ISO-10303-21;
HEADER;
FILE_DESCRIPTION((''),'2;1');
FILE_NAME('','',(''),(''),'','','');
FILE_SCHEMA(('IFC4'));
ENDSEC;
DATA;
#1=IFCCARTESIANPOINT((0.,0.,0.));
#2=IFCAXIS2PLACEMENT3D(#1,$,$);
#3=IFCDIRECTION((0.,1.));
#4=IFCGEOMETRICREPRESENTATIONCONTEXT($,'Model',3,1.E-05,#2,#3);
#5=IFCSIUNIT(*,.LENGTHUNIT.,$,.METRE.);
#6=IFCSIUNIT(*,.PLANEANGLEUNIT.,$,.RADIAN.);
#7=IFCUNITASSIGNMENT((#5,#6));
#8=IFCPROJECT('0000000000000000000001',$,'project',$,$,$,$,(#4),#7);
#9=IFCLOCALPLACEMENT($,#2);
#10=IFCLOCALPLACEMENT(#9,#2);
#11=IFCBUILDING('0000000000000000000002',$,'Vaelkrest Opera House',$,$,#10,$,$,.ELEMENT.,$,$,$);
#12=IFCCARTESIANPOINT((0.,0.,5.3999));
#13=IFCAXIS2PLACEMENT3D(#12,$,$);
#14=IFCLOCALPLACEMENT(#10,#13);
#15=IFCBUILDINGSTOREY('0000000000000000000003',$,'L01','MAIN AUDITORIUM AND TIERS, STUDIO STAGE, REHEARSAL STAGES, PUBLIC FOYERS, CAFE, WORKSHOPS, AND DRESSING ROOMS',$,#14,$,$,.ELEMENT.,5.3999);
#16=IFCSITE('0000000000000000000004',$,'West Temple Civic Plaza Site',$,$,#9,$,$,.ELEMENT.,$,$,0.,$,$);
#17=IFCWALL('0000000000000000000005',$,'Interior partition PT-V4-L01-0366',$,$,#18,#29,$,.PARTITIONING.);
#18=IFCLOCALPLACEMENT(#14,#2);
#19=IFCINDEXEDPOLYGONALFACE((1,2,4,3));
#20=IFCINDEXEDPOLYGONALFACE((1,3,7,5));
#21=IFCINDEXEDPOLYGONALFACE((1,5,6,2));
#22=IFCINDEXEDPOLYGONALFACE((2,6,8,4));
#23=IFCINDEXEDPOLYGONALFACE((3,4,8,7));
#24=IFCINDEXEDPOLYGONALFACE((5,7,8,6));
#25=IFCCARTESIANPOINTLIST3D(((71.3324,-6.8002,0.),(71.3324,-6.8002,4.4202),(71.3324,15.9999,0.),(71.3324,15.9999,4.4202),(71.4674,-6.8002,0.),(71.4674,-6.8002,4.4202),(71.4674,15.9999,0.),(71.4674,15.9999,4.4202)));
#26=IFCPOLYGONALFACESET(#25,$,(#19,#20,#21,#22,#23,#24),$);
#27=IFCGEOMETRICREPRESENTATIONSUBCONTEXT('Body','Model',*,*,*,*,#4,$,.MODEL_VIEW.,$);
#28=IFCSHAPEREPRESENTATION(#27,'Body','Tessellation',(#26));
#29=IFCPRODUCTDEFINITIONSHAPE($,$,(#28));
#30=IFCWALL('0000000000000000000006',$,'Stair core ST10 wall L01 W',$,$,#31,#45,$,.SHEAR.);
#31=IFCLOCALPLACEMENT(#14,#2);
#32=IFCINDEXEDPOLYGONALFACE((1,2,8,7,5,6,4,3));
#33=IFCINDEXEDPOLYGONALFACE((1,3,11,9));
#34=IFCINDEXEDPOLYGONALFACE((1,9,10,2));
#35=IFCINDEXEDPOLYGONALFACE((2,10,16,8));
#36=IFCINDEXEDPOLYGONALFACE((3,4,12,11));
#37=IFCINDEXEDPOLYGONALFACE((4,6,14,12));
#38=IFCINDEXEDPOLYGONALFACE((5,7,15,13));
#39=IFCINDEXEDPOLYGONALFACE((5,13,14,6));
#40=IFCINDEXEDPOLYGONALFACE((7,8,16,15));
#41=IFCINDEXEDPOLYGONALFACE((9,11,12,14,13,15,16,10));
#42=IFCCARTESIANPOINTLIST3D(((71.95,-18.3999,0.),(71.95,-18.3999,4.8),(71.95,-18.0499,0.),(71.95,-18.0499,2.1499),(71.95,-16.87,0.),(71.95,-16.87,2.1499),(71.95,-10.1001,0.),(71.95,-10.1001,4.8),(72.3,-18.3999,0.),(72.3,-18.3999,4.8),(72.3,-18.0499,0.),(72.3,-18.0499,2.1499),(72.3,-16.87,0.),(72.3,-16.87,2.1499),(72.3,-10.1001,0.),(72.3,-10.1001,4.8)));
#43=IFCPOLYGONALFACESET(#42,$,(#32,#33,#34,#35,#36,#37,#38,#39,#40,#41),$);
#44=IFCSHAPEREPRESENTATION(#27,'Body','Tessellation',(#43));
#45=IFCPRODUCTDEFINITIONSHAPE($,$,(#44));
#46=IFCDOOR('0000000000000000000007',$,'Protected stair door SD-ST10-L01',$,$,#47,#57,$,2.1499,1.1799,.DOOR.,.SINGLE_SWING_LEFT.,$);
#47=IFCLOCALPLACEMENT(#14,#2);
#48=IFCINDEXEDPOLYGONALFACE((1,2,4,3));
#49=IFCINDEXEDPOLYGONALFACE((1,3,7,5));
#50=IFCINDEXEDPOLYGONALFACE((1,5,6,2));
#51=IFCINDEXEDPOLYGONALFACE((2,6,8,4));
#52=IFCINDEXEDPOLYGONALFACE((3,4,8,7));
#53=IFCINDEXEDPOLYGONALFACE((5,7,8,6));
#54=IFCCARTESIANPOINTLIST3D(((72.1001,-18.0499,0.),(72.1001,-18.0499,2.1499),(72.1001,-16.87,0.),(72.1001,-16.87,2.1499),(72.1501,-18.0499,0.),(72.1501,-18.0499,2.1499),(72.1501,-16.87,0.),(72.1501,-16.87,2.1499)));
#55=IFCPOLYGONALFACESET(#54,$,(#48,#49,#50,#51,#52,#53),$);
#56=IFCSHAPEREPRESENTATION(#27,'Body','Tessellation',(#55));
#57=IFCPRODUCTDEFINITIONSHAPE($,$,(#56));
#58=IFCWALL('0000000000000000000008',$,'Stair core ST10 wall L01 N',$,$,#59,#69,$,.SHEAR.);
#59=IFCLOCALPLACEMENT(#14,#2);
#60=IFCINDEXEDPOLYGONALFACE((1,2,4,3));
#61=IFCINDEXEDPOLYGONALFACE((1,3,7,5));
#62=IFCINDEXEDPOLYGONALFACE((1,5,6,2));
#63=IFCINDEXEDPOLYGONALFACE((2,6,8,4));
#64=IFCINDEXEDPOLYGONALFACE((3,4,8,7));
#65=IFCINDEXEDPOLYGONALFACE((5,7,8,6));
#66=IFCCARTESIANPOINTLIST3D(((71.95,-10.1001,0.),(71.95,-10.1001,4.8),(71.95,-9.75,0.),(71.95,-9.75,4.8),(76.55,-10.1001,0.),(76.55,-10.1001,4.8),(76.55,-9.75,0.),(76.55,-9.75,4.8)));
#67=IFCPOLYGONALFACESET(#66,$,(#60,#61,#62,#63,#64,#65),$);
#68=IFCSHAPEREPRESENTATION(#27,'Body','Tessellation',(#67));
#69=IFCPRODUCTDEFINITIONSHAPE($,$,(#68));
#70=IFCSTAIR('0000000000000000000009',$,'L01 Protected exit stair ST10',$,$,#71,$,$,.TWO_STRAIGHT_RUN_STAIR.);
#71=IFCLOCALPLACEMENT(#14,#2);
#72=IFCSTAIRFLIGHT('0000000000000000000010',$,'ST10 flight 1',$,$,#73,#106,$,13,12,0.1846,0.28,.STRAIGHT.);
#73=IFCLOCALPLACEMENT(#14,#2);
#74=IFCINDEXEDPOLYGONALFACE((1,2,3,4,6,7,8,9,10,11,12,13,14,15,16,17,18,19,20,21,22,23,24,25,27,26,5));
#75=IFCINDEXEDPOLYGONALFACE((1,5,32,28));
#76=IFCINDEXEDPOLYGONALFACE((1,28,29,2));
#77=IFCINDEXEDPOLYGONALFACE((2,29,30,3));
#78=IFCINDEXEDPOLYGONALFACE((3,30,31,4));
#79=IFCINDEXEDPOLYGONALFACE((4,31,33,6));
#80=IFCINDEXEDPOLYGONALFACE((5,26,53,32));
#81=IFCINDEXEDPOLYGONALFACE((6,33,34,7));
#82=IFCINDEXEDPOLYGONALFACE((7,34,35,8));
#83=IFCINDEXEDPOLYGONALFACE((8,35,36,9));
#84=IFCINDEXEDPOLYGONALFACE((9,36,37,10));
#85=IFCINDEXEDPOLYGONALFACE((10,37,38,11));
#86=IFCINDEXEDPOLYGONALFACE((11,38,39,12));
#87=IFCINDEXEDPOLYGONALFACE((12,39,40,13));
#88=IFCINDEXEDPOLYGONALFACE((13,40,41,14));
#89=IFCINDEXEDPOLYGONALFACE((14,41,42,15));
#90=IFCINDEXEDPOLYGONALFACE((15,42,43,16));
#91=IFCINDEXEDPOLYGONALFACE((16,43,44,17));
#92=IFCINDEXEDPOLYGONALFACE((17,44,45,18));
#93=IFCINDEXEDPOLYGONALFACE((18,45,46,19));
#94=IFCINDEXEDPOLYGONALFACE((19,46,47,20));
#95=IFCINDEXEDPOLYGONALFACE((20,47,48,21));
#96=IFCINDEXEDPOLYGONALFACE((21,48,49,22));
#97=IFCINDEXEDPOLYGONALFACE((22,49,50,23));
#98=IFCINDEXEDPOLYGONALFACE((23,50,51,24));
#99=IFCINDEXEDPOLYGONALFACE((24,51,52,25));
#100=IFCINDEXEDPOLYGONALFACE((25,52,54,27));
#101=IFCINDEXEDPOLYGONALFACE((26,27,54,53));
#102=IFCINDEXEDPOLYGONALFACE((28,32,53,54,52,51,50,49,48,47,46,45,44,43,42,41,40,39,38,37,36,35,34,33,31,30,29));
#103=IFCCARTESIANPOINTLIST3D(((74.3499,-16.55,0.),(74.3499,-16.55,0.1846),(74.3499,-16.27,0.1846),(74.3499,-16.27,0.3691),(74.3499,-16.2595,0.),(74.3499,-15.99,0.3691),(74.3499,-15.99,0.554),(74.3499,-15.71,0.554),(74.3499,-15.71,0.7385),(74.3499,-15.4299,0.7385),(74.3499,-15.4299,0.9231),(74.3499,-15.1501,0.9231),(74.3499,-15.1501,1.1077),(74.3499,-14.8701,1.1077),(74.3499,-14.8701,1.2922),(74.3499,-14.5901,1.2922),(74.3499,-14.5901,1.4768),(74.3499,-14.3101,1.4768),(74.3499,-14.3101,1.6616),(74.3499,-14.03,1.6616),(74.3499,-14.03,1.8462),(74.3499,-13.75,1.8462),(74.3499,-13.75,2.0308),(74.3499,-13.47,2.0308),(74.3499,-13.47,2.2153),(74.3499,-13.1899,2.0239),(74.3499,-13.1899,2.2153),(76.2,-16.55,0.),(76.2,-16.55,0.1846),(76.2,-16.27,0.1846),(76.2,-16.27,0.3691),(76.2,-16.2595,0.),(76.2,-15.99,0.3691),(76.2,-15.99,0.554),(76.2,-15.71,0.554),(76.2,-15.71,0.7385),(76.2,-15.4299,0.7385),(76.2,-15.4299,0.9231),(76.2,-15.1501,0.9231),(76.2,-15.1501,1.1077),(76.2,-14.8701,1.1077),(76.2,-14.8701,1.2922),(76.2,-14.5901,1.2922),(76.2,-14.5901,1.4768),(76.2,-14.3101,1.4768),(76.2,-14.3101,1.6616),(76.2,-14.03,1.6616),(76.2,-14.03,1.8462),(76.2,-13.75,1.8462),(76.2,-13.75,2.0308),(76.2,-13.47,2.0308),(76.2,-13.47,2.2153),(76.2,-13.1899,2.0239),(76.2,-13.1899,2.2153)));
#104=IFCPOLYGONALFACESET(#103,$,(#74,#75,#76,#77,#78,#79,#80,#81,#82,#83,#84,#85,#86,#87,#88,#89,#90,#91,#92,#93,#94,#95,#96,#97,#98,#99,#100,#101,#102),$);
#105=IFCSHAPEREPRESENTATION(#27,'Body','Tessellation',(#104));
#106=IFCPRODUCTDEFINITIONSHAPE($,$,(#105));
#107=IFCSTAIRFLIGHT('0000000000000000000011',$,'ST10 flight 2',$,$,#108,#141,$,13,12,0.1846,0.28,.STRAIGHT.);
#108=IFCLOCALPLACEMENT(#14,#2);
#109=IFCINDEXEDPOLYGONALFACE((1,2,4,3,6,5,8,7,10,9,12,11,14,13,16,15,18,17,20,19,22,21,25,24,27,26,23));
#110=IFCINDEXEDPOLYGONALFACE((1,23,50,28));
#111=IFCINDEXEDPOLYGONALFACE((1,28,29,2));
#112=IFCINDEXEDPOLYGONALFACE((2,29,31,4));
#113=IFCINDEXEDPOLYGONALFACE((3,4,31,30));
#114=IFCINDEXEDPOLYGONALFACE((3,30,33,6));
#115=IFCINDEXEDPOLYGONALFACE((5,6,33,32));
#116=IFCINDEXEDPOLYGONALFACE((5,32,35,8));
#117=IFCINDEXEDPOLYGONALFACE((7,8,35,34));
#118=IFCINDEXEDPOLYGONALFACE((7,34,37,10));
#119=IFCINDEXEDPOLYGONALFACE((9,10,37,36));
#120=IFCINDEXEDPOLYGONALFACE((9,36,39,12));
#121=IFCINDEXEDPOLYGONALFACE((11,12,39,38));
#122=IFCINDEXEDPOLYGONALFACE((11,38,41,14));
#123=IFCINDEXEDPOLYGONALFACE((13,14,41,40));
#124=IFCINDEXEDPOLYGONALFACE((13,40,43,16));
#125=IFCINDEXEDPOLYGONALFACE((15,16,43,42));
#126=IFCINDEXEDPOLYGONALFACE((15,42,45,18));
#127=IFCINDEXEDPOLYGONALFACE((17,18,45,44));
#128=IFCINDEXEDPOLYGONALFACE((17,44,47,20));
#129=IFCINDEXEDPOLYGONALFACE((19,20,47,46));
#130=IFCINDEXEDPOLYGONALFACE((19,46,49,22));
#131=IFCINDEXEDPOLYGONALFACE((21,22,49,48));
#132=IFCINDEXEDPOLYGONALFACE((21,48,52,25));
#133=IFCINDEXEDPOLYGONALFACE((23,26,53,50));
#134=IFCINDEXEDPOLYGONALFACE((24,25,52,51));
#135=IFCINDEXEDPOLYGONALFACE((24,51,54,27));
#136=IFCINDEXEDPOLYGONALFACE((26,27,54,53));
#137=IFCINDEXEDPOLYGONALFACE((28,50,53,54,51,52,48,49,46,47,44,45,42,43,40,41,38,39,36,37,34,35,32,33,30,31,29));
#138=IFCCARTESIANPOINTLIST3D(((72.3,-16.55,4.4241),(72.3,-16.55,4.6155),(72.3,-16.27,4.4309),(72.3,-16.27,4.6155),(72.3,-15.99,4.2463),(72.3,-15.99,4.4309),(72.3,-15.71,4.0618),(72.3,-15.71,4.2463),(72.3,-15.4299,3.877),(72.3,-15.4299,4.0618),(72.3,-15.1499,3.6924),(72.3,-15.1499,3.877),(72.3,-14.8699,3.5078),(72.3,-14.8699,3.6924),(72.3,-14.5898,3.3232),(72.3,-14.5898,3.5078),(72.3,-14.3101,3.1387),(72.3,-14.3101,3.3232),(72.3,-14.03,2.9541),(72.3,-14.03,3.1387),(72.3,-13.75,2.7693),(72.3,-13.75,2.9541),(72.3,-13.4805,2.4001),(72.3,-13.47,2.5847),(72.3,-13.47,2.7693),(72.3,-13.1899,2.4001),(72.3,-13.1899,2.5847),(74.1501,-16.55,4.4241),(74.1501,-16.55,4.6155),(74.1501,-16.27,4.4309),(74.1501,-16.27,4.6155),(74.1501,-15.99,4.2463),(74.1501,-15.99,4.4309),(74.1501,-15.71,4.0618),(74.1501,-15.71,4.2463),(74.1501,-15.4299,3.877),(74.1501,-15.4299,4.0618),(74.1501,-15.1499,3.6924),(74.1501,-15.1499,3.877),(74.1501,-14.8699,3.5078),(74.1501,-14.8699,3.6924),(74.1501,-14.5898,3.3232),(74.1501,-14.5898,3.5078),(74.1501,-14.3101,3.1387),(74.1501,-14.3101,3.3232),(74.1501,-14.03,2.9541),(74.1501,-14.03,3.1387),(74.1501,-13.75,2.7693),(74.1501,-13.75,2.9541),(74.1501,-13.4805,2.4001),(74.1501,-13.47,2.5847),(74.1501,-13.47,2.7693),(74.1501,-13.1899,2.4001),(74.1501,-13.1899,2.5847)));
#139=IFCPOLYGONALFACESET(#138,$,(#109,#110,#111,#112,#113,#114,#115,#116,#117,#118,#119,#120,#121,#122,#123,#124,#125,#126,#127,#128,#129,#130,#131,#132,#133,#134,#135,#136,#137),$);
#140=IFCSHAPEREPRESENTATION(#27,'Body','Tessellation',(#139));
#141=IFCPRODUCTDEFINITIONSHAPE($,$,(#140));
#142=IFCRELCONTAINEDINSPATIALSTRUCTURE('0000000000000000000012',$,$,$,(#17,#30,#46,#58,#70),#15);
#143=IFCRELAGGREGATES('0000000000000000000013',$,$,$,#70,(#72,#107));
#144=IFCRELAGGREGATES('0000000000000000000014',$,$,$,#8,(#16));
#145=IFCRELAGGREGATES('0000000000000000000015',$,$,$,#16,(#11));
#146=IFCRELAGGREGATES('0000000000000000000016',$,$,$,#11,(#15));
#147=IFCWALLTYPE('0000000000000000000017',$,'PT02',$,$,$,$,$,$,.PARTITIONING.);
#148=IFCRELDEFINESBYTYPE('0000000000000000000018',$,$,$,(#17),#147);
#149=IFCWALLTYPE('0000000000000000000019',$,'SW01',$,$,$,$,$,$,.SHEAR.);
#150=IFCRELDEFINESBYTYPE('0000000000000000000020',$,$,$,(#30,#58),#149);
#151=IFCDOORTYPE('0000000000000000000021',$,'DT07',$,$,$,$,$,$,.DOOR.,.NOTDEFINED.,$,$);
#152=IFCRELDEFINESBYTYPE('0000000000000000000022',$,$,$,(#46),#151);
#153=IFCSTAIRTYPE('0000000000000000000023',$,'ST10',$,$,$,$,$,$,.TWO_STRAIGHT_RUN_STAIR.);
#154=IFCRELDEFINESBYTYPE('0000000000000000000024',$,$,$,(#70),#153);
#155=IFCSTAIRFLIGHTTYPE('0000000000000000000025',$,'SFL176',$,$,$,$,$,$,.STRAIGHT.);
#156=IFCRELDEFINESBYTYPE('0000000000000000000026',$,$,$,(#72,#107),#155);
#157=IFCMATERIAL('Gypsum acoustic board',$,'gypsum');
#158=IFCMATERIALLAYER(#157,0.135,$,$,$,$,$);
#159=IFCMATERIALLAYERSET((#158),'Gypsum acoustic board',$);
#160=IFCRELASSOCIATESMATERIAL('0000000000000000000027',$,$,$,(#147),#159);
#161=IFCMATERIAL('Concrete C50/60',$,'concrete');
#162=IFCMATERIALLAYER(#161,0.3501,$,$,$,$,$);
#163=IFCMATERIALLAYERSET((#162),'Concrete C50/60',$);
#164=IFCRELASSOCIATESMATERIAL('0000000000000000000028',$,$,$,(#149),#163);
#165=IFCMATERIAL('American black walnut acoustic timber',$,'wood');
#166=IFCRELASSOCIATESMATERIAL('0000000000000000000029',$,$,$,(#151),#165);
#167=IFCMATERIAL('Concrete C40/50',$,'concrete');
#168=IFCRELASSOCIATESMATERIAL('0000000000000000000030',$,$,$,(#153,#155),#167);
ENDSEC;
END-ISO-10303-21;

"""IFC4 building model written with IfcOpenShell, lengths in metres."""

from ifc_helpers import new_model, si_unit, direction, frame, frame_2d, origin, place, context, subcontext, project, spatial, polyline, rectangle, outline, extrude, material, layer, layer_set, type_object, element, fill, aggregate, save


model = new_model("IFC4")

# Units and contexts
model_context = context("Model", 3, precision=1e-05, world=origin(), true_north=direction((0.0, 1.0)))
body_context = subcontext(model_context, "Body", "Model", "MODEL_VIEW")
ifc_project = project(units=[si_unit("LENGTHUNIT", "METRE"), si_unit("PLANEANGLEUNIT", "RADIAN")], contexts=[model_context])

# Site, building, storey
site_placement = place(None, origin())
site = spatial("IfcSite", under=ifc_project, at=site_placement, Name="West Temple Civic Plaza Site", CompositionType="ELEMENT", RefElevation=0.0)
building_placement = place(site_placement, origin())
building = spatial("IfcBuilding", under=site, at=building_placement, Name="Vaelkrest Opera House", CompositionType="ELEMENT")
storey_placement = place(building_placement, frame((0.0, 0.0, 5.3999)))
storey = spatial("IfcBuildingStorey", under=building, at=storey_placement, Name="L01", Description="MAIN AUDITORIUM AND TIERS, STUDIO STAGE, REHEARSAL STAGES, PUBLIC FOYERS, CAFE, WORKSHOPS, AND DRESSING ROOMS", CompositionType="ELEMENT", Elevation=5.3999)

# Shared definitions
ifc_material_1 = material(Name="Concrete C50/60", Category="concrete")

# Shared definitions
ifc_material_2 = material(Name="Gypsum acoustic board", Category="gypsum")
ifc_material_3 = material(Name="American black walnut acoustic timber", Category="wood")

# Wall
ifc_layer_1 = layer(ifc_material_2, 0.135)
ifc_layer_set_1 = layer_set([ifc_layer_1], Name="Gypsum acoustic board")
wall_type_1 = type_object("IfcWallType", Name="PT02", PredefinedType="PARTITIONING", material=ifc_layer_set_1)
wall_1_placement = place(storey_placement, frame((71.3999, -6.8, 0.0), z_axis=(0.0, 0.0, 1.0), x_axis=(0.0, 1.0, 0.0)))
element("IfcWall", 1, at=wall_1_placement, inside=storey, type_object=wall_type_1, Name="Interior partition PT-V4-L01-0366", PredefinedType="PARTITIONING", context=body_context, shape_type="SweptSolid", body=[
    extrude(rectangle(XDim=22.8, YDim=0.135, at=frame_2d((11.3999, 0.0))), origin(), (0.0, 0.0, 1.0), 4.4202),
])

# Wall, opening, door
ifc_layer_2 = layer(ifc_material_1, 0.3501)
ifc_layer_set_2 = layer_set([ifc_layer_2], Name="Concrete C50/60")
wall_type_2 = type_object("IfcWallType", Name="SW01", PredefinedType="SHEAR", material=ifc_layer_set_2)
wall_2_placement = place(storey_placement, frame((72.125, -18.3999, 0.0), z_axis=(0.0, 0.0, 1.0), x_axis=(0.0, 1.0, 0.0)))
wall_2 = element("IfcWall", 2, at=wall_2_placement, inside=storey, type_object=wall_type_2, Name="Stair core ST10 wall L01 W", PredefinedType="SHEAR", context=body_context, shape_type="SweptSolid", body=[
    extrude(rectangle(XDim=8.2998, YDim=0.3501, at=frame_2d((4.1499, 0.0))), origin(), (0.0, 0.0, 1.0), 4.8),
])
opening_1_placement = place(wall_2_placement, frame((0.3501, 0.0, 0.0)))
opening_1 = element("IfcOpeningElement", 3, at=opening_1_placement, cuts=wall_2, PredefinedType="OPENING", context=body_context, shape_type="SweptSolid", body=[
    extrude(rectangle(XDim=1.1799, YDim=2.1499, at=frame_2d((0.5898, 1.075))), frame((0.0, 0.1851, 0.0), z_axis=(0.0, -1.0, 0.0), x_axis=(1.0, 0.0, 0.0)), (0.0, 0.0, 1.0), 0.3701),
])
door_type_1 = type_object("IfcDoorType", Name="DT07", OperationType="NOTDEFINED", PredefinedType="DOOR", material=ifc_material_3)
door_1_placement = place(opening_1_placement, origin())
door_1 = element("IfcDoor", 4, at=door_1_placement, inside=storey, type_object=door_type_1, Name="Protected stair door SD-ST10-L01", OperationType="SINGLE_SWING_LEFT", OverallHeight=2.1499, OverallWidth=1.1799, PredefinedType="DOOR", context=body_context, shape_type="SweptSolid", body=[
    extrude(rectangle(XDim=1.1799, YDim=2.1499, at=frame_2d((0.5898, 1.075))), frame((0.0, 0.0249, 0.0), z_axis=(0.0, -1.0, 0.0), x_axis=(1.0, 0.0, 0.0)), (0.0, 0.0, 1.0), 0.05),
])
fill(opening_1, door_1)

# Wall
wall_3_placement = place(storey_placement, frame((71.95, -9.925, 0.0), z_axis=(0.0, 0.0, 1.0), x_axis=(1.0, 0.0, 0.0)))
element("IfcWall", 5, at=wall_3_placement, inside=storey, type_object=wall_type_2, Name="Stair core ST10 wall L01 N", PredefinedType="SHEAR", context=body_context, shape_type="SweptSolid", body=[
    extrude(rectangle(XDim=4.6001, YDim=0.3501, at=frame_2d((2.3, 0.0))), origin(), (0.0, 0.0, 1.0), 4.8),
])

# Stair, stair flights
ifc_material_4 = material(Name="Concrete C40/50", Category="concrete")
stair_type = type_object("IfcStairType", Name="ST10", PredefinedType="TWO_STRAIGHT_RUN_STAIR", material=ifc_material_4)
stair_placement = place(storey_placement, origin())
stair = element("IfcStair", 6, at=stair_placement, inside=storey, type_object=stair_type, Name="L01 Protected exit stair ST10", PredefinedType="TWO_STRAIGHT_RUN_STAIR")
stair_flight_type = type_object("IfcStairFlightType", Name="SFL176", PredefinedType="STRAIGHT", material=ifc_material_4)
stair_flight_1_placement = place(storey_placement, frame((75.2749, -16.55, 0.0), z_axis=(0.0, 0.0, 1.0), x_axis=(0.0, 1.0, 0.0)))
stair_flight_1 = element("IfcStairFlight", 7, at=stair_flight_1_placement, type_object=stair_flight_type, Name="ST10 flight 1", NumberOfRisers=13, NumberOfTreads=12, PredefinedType="STRAIGHT", RiserHeight=0.1846, TreadLength=0.28, context=body_context, shape_type="SweptSolid", body=[
    extrude(outline(polyline([(0.0, 0.0), (0.0, 0.1846), (0.28, 0.1846), (0.28, 0.3691), (0.5601, 0.3691), (0.5601, 0.554), (0.8401, 0.554), (0.8401, 0.7385), (1.1201, 0.7385), (1.1201, 0.9231), (1.3999, 0.9231), (1.3999, 1.1077), (1.6799, 1.1077), (1.6799, 1.2922), (1.96, 1.2922), (1.96, 1.4768), (2.24, 1.4768), (2.24, 1.6616), (2.52, 1.6616), (2.52, 1.8462), (2.8, 1.8462), (2.8, 2.0308), (3.0801, 2.0308), (3.0801, 2.2153), (3.3601, 2.2153), (3.3601, 2.3999), (3.3601, 2.0239), (0.2905, 0.0), (0.0, 0.0)])), frame((0.0, 0.925, 0.0), z_axis=(0.0, -1.0, 0.0), x_axis=(1.0, 0.0, 0.0)), (0.0, 0.0, 1.0), 1.8501),
])
stair_flight_2_placement = place(storey_placement, frame((73.2251, -13.1899, 2.4001), z_axis=(0.0, 0.0, 1.0), x_axis=(0.0, -1.0, 0.0)))
stair_flight_2 = element("IfcStairFlight", 8, at=stair_flight_2_placement, type_object=stair_flight_type, Name="ST10 flight 2", NumberOfRisers=13, NumberOfTreads=12, PredefinedType="STRAIGHT", RiserHeight=0.1846, TreadLength=0.28, context=body_context, shape_type="SweptSolid", body=[
    extrude(outline(polyline([(0.0, 0.0), (0.0, 0.1846), (0.28, 0.1846), (0.28, 0.3691), (0.5601, 0.3691), (0.5601, 0.554), (0.8401, 0.554), (0.8401, 0.7385), (1.1201, 0.7385), (1.1201, 0.9231), (1.3999, 0.9231), (1.3999, 1.1077), (1.6799, 1.1077), (1.6799, 1.2922), (1.96, 1.2922), (1.96, 1.4768), (2.24, 1.4768), (2.24, 1.6616), (2.52, 1.6616), (2.52, 1.8462), (2.8, 1.8462), (2.8, 2.0308), (3.0801, 2.0308), (3.0801, 2.2153), (3.3601, 2.2153), (3.3601, 2.3999), (3.3601, 2.0239), (0.2905, 0.0), (0.0, 0.0)])), frame((0.0, 0.925, 0.0), z_axis=(0.0, -1.0, 0.0), x_axis=(1.0, 0.0, 0.0)), (0.0, 0.0, 1.0), 1.8501),
])
aggregate(stair, [stair_flight_1, stair_flight_2])

save(model, "model.ifc")
